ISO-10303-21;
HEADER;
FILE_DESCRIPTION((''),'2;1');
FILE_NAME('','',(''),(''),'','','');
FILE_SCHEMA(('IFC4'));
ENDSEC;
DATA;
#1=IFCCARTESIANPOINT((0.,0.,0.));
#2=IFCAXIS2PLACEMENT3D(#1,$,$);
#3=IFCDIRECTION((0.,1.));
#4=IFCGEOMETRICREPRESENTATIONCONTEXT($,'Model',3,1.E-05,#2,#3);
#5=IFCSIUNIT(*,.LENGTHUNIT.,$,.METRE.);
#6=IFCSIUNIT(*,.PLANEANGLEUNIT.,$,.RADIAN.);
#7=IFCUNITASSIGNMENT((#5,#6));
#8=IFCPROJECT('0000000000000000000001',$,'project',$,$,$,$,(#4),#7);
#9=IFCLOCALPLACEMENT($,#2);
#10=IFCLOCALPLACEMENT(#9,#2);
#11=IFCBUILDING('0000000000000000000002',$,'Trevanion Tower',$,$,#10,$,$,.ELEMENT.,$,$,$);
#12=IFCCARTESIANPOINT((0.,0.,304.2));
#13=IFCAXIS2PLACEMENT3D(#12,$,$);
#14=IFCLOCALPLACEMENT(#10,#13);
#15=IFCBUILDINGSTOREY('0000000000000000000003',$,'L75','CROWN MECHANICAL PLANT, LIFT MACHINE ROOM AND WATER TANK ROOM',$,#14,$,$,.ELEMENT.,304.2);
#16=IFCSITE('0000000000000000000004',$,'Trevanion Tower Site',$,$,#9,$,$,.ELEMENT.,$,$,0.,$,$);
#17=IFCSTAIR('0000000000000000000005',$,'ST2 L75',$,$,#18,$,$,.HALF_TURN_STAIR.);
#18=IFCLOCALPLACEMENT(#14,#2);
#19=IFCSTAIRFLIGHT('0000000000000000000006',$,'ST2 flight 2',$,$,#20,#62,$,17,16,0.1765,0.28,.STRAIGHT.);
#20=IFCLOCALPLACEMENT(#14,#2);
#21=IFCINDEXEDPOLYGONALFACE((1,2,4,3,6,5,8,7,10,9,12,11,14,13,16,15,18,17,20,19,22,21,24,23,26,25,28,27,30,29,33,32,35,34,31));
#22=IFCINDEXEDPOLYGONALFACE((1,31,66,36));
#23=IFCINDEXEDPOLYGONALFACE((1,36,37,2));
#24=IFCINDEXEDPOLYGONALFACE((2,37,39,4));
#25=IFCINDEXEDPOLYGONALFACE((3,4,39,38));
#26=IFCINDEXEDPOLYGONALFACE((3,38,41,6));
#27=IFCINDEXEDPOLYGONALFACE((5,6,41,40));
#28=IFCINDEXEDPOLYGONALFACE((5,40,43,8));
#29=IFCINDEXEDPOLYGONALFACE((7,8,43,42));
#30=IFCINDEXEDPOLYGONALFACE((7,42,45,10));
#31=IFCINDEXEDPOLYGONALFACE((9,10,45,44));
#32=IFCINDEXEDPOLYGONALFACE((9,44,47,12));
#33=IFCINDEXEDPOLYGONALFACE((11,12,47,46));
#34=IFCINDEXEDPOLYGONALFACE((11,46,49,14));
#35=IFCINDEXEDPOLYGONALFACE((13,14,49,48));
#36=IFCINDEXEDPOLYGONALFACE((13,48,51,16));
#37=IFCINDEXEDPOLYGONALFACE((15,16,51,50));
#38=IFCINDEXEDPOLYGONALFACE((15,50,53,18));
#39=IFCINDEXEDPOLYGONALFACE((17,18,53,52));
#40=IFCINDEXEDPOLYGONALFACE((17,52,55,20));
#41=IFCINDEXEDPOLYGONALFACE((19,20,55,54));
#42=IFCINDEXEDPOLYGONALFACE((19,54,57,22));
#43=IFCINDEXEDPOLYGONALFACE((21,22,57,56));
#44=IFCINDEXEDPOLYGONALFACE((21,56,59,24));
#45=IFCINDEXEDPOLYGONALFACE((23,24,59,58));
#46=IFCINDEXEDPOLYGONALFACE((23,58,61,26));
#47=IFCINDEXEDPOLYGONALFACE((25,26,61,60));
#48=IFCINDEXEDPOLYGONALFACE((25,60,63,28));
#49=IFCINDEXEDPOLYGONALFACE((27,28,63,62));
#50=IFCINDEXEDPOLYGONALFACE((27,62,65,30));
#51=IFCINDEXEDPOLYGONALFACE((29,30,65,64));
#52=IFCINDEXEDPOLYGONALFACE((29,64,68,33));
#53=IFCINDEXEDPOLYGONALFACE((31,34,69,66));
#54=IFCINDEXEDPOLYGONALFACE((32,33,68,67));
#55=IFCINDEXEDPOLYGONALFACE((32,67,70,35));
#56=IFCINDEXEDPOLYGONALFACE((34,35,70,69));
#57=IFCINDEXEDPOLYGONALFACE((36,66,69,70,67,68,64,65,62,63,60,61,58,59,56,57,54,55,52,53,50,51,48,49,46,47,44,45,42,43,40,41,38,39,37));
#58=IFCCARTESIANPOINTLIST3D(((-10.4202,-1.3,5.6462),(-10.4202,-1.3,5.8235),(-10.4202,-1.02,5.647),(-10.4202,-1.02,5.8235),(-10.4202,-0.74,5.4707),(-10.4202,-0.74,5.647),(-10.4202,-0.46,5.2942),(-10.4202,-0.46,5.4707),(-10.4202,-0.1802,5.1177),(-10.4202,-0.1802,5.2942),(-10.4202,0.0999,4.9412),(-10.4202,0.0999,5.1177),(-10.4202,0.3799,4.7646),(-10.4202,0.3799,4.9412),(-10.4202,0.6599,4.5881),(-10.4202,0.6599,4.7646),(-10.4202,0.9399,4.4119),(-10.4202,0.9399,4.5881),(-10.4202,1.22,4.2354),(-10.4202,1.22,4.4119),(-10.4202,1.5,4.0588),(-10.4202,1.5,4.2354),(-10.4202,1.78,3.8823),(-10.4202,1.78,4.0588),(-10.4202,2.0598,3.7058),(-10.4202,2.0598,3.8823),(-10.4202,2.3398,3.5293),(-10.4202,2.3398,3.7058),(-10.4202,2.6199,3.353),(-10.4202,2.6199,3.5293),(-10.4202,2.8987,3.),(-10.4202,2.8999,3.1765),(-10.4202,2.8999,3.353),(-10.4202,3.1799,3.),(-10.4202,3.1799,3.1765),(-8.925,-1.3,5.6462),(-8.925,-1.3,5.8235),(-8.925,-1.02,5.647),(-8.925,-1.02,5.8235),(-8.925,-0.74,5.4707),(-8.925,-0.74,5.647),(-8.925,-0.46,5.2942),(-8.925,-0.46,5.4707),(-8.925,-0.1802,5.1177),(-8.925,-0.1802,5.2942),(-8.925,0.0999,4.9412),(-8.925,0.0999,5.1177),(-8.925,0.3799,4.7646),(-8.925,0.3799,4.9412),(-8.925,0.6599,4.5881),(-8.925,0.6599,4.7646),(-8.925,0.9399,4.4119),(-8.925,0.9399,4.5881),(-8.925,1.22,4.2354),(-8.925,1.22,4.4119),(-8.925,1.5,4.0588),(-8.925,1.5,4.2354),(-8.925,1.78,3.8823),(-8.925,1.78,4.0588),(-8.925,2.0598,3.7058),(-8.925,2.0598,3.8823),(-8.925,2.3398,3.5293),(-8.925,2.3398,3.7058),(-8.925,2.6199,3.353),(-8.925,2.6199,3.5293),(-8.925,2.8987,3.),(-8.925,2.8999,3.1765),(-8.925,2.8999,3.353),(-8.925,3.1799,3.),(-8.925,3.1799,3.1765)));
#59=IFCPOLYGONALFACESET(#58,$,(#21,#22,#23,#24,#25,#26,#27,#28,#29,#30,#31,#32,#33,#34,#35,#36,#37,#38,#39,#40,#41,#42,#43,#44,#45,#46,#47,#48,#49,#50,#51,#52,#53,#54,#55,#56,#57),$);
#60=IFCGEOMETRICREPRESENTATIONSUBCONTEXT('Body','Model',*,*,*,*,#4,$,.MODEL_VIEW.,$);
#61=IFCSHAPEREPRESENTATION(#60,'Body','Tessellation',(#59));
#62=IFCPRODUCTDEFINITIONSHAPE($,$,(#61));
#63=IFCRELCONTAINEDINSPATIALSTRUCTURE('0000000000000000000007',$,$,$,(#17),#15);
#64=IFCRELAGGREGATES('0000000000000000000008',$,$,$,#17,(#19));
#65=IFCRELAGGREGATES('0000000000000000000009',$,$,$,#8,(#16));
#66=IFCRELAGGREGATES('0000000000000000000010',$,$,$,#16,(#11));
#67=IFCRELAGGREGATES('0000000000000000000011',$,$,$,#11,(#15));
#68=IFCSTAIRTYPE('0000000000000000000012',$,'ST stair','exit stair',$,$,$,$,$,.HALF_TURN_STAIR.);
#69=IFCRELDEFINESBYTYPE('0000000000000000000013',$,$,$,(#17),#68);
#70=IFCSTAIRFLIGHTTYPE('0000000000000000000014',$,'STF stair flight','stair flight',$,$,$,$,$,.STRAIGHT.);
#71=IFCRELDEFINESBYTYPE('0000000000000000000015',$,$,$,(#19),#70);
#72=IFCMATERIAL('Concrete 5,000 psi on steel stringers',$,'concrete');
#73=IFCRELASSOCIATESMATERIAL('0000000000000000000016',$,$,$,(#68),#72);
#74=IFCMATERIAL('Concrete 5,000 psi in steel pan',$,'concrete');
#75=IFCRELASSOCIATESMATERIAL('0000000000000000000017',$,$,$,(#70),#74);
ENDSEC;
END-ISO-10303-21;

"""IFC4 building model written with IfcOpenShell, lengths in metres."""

from ifc_helpers import new_model, si_unit, direction, frame, origin, place, context, subcontext, project, spatial, polyline, outline, extrude, material, type_object, element, aggregate, save


model = new_model("IFC4")

# Units and contexts
model_context = context("Model", 3, precision=1e-05, world=origin(), true_north=direction((0.0, 1.0)))
body_context = subcontext(model_context, "Body", "Model", "MODEL_VIEW")
ifc_project = project(units=[si_unit("LENGTHUNIT", "METRE"), si_unit("PLANEANGLEUNIT", "RADIAN")], contexts=[model_context])

# Site, building, storey
site_placement = place(None, origin())
site = spatial("IfcSite", under=ifc_project, at=site_placement, Name="Trevanion Tower Site", CompositionType="ELEMENT", RefElevation=0.0)
building_placement = place(site_placement, origin())
building = spatial("IfcBuilding", under=site, at=building_placement, Name="Trevanion Tower", CompositionType="ELEMENT")
storey_placement = place(building_placement, frame((0.0, 0.0, 304.2)))
storey = spatial("IfcBuildingStorey", under=building, at=storey_placement, Name="L75", Description="CROWN MECHANICAL PLANT, LIFT MACHINE ROOM AND WATER TANK ROOM", CompositionType="ELEMENT", Elevation=304.2)

# Stair, stair flight
ifc_material_1 = material(Name="Concrete 5,000 psi on steel stringers", Category="concrete")
stair_type = type_object("IfcStairType", Name="ST stair", Description="exit stair", PredefinedType="HALF_TURN_STAIR", material=ifc_material_1)
stair_placement = place(storey_placement, origin())
stair = element("IfcStair", 1, at=stair_placement, inside=storey, type_object=stair_type, Name="ST2 L75", PredefinedType="HALF_TURN_STAIR")
ifc_material_2 = material(Name="Concrete 5,000 psi in steel pan", Category="concrete")
stair_flight_type = type_object("IfcStairFlightType", Name="STF stair flight", Description="stair flight", PredefinedType="STRAIGHT", material=ifc_material_2)
stair_flight_placement = place(storey_placement, frame((-9.6726, 3.1799, 3.0), z_axis=(0.0, 0.0, 1.0), x_axis=(0.0, -1.0, 0.0)))
stair_flight = element("IfcStairFlight", 2, at=stair_flight_placement, type_object=stair_flight_type, Name="ST2 flight 2", NumberOfRisers=17, NumberOfTreads=16, PredefinedType="STRAIGHT", RiserHeight=0.1765, TreadLength=0.28, context=body_context, shape_type="SweptSolid", body=[
    extrude(outline(polyline([(0.0, 0.0), (0.0, 0.1765), (0.28, 0.1765), (0.28, 0.353), (0.5601, 0.353), (0.5601, 0.5293), (0.8401, 0.5293), (0.8401, 0.7058), (1.1201, 0.7058), (1.1201, 0.8823), (1.3999, 0.8823), (1.3999, 1.0588), (1.6799, 1.0588), (1.6799, 1.2354), (1.96, 1.2354), (1.96, 1.4119), (2.24, 1.4119), (2.24, 1.5881), (2.52, 1.5881), (2.52, 1.7646), (2.8, 1.7646), (2.8, 1.9412), (3.0801, 1.9412), (3.0801, 2.1177), (3.3601, 2.1177), (3.3601, 2.2942), (3.6399, 2.2942), (3.6399, 2.4707), (3.9199, 2.4707), (3.9199, 2.647), (4.2, 2.647), (4.2, 2.8235), (4.48, 2.8235), (4.48, 3.0), (4.48, 2.6462), (0.2812, 0.0), (0.0, 0.0)])), frame((0.0, 0.7476, 0.0), z_axis=(0.0, -1.0, 0.0), x_axis=(1.0, 0.0, 0.0)), (0.0, 0.0, 1.0), 1.4951),
])
aggregate(stair, [stair_flight])

save(model, "model.ifc")
